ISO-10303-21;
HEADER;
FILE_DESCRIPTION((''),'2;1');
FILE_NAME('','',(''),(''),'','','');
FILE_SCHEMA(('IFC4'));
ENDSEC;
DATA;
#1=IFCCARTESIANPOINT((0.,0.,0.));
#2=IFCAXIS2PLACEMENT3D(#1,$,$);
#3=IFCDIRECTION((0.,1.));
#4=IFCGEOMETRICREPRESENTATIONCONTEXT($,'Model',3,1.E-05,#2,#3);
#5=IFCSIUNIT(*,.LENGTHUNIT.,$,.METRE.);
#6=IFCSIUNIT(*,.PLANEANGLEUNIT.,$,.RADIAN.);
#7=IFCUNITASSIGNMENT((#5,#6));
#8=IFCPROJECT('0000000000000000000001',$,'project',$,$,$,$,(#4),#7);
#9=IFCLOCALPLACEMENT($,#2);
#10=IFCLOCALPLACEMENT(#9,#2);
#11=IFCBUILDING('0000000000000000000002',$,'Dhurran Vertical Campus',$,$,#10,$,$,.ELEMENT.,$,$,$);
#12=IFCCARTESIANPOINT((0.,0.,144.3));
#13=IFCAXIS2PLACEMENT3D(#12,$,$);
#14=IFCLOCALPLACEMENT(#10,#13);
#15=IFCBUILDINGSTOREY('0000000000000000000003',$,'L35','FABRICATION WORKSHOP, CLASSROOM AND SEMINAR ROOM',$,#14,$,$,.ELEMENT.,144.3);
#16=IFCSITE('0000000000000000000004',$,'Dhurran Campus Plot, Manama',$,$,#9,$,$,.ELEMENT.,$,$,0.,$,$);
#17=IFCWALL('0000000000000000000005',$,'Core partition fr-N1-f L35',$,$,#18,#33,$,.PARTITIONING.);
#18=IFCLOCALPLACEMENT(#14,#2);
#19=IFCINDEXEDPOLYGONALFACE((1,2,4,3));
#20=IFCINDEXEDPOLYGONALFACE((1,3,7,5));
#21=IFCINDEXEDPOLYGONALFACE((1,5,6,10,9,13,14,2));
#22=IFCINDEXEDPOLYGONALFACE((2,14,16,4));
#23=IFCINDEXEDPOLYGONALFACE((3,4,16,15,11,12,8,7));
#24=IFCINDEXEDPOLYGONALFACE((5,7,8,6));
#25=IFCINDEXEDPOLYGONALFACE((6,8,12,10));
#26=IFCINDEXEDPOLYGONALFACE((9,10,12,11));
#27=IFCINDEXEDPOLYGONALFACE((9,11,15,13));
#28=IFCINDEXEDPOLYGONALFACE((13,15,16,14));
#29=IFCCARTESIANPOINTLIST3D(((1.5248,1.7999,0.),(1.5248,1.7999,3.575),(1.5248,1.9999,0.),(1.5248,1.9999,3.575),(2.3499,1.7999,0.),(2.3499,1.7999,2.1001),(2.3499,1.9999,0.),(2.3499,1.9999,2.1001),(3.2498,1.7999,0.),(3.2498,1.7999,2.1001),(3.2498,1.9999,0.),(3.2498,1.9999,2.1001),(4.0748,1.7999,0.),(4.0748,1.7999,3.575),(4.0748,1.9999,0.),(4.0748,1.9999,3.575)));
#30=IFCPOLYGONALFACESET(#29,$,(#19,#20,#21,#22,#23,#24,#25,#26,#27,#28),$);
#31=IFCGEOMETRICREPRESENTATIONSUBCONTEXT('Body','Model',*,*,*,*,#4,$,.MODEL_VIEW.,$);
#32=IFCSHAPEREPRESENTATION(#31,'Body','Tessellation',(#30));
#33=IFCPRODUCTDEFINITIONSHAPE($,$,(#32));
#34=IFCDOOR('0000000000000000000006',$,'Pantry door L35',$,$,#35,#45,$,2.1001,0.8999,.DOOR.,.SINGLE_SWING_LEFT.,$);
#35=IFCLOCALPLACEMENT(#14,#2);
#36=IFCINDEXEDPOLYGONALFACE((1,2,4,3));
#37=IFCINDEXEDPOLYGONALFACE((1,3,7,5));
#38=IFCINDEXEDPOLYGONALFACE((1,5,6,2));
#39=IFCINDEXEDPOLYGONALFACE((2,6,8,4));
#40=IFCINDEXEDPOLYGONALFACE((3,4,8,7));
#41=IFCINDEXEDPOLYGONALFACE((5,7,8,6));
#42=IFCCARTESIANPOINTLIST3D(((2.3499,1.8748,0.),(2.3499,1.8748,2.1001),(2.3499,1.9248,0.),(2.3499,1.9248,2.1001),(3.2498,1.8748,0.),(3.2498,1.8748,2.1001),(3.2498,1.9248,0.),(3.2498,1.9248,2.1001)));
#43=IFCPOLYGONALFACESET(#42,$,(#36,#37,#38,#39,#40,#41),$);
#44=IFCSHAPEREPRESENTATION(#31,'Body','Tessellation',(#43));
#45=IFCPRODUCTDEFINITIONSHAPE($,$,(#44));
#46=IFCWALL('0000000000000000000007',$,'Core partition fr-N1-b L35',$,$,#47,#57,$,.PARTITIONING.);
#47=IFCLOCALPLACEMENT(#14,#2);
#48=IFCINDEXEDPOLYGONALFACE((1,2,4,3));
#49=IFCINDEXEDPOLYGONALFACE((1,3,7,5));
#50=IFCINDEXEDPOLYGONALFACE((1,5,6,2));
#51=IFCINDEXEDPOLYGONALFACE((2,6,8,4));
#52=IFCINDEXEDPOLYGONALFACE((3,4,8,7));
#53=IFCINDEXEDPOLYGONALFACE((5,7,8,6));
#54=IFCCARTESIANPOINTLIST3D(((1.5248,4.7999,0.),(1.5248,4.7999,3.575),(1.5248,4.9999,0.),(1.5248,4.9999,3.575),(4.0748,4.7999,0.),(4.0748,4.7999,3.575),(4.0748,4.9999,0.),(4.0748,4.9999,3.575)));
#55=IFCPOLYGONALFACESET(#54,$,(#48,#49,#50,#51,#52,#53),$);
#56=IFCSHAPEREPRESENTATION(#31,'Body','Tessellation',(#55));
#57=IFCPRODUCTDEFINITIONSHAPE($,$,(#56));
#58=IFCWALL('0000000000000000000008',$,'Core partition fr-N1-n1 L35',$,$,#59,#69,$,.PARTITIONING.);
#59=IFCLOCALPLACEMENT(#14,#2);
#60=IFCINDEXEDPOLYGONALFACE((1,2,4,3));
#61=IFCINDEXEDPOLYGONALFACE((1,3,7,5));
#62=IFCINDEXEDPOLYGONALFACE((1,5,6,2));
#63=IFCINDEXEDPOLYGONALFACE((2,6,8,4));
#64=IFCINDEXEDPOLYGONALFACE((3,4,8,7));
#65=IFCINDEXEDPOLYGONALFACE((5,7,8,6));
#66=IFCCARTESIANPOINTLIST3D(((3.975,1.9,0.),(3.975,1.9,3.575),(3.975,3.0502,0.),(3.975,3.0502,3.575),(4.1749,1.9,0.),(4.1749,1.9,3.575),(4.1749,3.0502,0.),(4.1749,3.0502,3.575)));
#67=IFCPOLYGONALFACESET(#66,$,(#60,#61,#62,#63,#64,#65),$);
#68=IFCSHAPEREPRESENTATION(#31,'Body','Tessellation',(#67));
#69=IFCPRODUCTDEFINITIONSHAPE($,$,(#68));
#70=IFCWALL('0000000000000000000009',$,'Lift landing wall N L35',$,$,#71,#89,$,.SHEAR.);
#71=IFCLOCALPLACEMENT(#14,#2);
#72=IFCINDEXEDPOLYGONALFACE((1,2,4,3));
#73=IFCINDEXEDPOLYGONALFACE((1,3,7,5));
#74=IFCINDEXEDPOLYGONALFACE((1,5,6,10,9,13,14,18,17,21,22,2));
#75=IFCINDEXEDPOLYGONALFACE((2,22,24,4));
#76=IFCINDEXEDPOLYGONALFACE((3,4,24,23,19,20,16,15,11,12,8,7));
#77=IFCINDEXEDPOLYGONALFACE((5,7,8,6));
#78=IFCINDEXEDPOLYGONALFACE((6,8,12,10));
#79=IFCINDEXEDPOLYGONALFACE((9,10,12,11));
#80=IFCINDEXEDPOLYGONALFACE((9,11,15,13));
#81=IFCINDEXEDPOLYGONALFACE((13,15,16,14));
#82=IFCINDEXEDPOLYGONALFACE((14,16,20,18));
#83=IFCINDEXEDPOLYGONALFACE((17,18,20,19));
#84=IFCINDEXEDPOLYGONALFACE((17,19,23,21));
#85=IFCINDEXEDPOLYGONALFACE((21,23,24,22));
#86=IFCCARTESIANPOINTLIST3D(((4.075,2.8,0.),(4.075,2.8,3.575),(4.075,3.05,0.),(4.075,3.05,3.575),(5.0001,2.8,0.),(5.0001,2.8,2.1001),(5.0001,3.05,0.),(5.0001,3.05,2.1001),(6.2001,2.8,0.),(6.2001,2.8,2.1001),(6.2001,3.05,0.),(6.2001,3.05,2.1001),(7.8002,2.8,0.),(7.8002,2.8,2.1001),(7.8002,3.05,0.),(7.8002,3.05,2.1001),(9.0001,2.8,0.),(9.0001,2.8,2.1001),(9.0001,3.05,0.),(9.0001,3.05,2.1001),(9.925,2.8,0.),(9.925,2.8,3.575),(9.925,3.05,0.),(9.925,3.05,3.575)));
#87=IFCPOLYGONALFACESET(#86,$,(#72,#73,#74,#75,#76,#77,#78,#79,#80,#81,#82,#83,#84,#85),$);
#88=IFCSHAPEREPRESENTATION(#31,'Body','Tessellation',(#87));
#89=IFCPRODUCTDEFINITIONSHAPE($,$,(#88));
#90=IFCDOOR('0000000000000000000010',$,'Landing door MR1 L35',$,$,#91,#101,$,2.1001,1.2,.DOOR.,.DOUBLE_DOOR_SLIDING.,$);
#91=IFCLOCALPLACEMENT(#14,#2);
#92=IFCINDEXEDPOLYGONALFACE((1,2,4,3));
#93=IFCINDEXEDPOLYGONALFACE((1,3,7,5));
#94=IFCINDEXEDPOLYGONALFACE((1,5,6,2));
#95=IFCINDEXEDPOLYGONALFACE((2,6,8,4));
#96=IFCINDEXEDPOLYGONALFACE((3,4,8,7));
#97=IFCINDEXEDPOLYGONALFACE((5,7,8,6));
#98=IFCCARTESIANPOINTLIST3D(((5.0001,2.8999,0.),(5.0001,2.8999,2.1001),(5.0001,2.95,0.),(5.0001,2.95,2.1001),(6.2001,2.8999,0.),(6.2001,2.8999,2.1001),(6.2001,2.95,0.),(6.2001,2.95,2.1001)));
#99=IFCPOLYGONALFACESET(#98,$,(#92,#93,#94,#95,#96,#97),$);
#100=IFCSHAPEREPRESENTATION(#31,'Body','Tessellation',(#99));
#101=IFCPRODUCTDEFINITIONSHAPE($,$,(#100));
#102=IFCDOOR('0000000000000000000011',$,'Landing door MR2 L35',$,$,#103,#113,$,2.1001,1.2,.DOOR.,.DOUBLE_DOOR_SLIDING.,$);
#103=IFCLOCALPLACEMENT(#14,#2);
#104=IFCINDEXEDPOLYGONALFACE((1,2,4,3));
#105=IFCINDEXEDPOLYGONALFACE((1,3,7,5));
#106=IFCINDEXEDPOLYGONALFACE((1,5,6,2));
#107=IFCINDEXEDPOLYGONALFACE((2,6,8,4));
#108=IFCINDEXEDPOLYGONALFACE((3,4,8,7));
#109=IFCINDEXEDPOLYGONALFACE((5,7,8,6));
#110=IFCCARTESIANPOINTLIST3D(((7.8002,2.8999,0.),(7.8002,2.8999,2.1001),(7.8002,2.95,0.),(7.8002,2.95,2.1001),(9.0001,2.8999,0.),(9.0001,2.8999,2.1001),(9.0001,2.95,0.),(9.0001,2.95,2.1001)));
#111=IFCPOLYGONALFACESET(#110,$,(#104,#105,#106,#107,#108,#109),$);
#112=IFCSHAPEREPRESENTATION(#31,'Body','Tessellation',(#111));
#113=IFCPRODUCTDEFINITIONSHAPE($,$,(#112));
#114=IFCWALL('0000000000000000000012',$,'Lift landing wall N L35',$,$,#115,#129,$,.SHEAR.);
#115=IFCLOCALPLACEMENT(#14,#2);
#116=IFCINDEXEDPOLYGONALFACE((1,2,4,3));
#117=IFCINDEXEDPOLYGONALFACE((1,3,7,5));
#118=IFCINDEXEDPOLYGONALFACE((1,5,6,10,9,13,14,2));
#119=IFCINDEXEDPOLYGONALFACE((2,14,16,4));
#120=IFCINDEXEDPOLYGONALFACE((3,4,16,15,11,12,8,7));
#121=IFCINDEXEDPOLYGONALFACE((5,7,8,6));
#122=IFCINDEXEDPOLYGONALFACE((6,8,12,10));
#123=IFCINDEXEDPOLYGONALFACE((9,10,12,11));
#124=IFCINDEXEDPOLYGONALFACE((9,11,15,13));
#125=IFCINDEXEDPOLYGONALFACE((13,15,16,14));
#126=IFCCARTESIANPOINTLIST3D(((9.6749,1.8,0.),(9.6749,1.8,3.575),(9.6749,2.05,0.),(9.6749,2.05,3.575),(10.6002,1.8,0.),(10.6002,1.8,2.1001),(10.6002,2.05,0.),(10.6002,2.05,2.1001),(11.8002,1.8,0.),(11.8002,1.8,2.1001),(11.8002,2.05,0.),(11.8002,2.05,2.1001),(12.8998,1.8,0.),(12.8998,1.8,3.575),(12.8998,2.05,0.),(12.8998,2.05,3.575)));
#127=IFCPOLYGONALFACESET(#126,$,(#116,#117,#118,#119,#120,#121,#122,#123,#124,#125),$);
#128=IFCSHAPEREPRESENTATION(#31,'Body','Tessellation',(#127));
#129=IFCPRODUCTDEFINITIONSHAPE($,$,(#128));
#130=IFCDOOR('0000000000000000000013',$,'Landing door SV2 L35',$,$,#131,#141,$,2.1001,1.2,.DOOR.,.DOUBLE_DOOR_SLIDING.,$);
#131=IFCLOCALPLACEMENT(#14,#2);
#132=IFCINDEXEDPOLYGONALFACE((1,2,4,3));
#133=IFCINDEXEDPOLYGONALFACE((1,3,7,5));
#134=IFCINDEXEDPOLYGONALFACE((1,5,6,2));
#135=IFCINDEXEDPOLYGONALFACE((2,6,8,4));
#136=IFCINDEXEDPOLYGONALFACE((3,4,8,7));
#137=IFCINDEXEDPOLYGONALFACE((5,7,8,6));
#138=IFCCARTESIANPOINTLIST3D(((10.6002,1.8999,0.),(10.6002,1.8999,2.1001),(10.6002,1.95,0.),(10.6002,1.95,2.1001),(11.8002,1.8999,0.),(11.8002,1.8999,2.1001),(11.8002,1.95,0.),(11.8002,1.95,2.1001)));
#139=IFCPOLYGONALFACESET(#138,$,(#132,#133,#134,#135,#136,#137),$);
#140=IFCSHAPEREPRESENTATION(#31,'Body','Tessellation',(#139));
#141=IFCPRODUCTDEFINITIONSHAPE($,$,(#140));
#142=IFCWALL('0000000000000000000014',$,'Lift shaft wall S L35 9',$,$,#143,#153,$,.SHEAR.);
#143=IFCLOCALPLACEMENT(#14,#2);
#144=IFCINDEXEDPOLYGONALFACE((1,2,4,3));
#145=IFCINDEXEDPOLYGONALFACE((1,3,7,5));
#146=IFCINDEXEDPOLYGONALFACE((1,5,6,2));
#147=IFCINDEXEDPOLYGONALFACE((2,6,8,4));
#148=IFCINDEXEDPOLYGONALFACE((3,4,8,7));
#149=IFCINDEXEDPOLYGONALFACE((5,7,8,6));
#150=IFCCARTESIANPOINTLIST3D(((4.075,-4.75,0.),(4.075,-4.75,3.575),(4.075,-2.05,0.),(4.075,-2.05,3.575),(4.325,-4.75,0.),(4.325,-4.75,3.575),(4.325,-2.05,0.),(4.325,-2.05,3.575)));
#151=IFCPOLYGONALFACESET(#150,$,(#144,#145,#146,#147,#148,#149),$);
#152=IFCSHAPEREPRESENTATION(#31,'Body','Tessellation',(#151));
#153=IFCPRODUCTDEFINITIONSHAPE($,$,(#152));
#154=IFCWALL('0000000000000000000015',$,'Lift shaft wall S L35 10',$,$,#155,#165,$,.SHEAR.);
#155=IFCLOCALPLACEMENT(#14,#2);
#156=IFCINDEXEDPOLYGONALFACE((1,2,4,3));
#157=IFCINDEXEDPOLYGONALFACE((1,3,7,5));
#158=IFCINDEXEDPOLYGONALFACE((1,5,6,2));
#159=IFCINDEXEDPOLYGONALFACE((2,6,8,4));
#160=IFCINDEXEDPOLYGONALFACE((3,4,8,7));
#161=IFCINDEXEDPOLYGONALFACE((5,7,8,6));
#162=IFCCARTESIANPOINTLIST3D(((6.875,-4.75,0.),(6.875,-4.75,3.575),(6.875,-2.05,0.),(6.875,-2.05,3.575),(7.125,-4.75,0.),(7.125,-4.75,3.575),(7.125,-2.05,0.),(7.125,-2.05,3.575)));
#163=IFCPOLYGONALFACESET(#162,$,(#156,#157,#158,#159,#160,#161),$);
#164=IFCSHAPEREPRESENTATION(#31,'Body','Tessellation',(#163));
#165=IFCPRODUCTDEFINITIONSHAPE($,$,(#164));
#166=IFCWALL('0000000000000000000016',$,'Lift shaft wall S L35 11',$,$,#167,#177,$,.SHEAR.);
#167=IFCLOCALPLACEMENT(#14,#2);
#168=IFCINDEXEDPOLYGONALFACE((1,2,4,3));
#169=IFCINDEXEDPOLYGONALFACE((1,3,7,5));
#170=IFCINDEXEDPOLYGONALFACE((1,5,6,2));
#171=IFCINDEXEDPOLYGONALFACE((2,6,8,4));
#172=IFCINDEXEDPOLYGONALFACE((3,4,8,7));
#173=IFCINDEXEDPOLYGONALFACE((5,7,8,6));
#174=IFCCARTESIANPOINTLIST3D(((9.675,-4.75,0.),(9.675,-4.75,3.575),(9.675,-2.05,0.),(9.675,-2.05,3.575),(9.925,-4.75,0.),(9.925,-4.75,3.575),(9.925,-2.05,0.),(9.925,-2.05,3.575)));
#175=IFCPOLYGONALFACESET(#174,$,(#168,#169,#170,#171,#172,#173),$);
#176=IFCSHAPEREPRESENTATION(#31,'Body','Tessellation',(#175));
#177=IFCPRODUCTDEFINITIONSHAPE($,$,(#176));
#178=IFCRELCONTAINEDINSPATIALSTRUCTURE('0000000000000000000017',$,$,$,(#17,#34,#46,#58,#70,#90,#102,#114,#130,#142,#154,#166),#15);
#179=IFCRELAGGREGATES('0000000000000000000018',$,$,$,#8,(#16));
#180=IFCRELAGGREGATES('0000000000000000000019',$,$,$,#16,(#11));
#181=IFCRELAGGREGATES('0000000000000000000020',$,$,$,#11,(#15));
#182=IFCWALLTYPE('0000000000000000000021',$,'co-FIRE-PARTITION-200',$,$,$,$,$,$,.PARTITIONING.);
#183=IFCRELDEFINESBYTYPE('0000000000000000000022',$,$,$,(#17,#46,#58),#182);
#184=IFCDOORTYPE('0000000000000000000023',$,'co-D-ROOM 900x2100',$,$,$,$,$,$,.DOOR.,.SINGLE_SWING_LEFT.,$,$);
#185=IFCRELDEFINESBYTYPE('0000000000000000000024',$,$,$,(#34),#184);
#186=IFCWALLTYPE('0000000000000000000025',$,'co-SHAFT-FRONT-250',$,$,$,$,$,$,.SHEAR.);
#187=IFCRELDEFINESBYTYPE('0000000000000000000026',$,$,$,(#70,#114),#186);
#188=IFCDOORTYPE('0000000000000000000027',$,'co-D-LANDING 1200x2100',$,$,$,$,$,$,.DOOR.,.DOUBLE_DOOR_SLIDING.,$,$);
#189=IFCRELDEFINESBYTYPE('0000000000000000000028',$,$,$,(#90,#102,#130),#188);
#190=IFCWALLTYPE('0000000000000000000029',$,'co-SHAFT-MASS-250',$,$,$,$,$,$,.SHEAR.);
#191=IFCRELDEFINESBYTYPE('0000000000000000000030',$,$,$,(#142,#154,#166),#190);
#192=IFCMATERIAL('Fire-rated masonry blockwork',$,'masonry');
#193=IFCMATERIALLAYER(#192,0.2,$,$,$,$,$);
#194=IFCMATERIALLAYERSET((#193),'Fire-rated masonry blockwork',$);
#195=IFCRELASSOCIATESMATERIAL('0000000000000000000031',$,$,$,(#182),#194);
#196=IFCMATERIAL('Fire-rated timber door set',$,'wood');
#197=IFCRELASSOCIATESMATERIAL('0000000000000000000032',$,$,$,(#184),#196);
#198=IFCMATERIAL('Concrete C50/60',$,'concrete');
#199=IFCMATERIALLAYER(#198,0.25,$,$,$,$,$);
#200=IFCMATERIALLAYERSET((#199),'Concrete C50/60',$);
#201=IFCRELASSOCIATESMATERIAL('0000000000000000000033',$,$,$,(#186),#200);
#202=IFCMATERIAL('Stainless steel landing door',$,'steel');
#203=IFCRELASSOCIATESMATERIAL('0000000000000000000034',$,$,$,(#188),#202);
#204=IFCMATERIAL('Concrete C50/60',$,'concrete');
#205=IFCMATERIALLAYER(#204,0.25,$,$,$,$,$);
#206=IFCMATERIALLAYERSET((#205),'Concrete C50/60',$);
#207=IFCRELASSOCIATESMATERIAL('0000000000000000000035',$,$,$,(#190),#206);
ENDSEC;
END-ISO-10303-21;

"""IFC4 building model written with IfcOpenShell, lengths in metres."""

from ifc_helpers import new_model, si_unit, direction, frame, frame_2d, origin, place, context, subcontext, project, spatial, polyline, rectangle, outline, extrude, material, layer, layer_set, type_object, element, fill, save


model = new_model("IFC4")

# Units and contexts
model_context = context("Model", 3, precision=1e-05, world=origin(), true_north=direction((0.0, 1.0)))
body_context = subcontext(model_context, "Body", "Model", "MODEL_VIEW")
ifc_project = project(units=[si_unit("LENGTHUNIT", "METRE"), si_unit("PLANEANGLEUNIT", "RADIAN")], contexts=[model_context])

# Site, building, storey
site_placement = place(None, origin())
site = spatial("IfcSite", under=ifc_project, at=site_placement, Name="Dhurran Campus Plot, Manama", CompositionType="ELEMENT", RefElevation=0.0)
building_placement = place(site_placement, origin())
building = spatial("IfcBuilding", under=site, at=building_placement, Name="Dhurran Vertical Campus", CompositionType="ELEMENT")
storey_placement = place(building_placement, frame((0.0, 0.0, 144.3)))
storey = spatial("IfcBuildingStorey", under=building, at=storey_placement, Name="L35", Description="FABRICATION WORKSHOP, CLASSROOM AND SEMINAR ROOM", CompositionType="ELEMENT", Elevation=144.3)

# Shared definitions
ifc_material_1 = material(Name="Fire-rated masonry blockwork", Category="masonry")
ifc_layer_1 = layer(ifc_material_1, 0.2)
ifc_layer_set_1 = layer_set([ifc_layer_1], Name="Fire-rated masonry blockwork")
wall_type_1 = type_object("IfcWallType", Name="co-FIRE-PARTITION-200", PredefinedType="PARTITIONING", material=ifc_layer_set_1)

# Shared definitions
ifc_material_2 = material(Name="Fire-rated timber door set", Category="wood")
door_type_1 = type_object("IfcDoorType", Name="co-D-ROOM 900x2100", OperationType="SINGLE_SWING_LEFT", PredefinedType="DOOR", material=ifc_material_2)

# Wall, opening, door
wall_1_placement = place(storey_placement, frame((1.5249, 1.8999, 0.0), z_axis=(0.0, 0.0, 1.0), x_axis=(1.0, 0.0, 0.0)))
wall_1 = element("IfcWall", 1, at=wall_1_placement, inside=storey, type_object=wall_type_1, Name="Core partition fr-N1-f L35", PredefinedType="PARTITIONING", context=body_context, shape_type="SweptSolid", body=[
    extrude(rectangle(XDim=2.55, YDim=0.2, at=frame_2d((1.2749, 0.0))), origin(), (0.0, 0.0, 1.0), 3.575),
])
opening_1_placement = place(wall_1_placement, frame((0.825, 0.0, 0.0)))
opening_1 = element("IfcOpeningElement", 2, at=opening_1_placement, cuts=wall_1, PredefinedType="OPENING", context=body_context, shape_type="SweptSolid", body=[
    extrude(rectangle(XDim=0.8999, YDim=2.1001, at=frame_2d((0.45, 1.05))), frame((0.0, 0.1099, 0.0), z_axis=(0.0, -1.0, 0.0), x_axis=(1.0, 0.0, 0.0)), (0.0, 0.0, 1.0), 0.22),
])
door_1_placement = place(opening_1_placement, origin())
door_1 = element("IfcDoor", 3, at=door_1_placement, inside=storey, type_object=door_type_1, Name="Pantry door L35", OperationType="SINGLE_SWING_LEFT", OverallHeight=2.1001, OverallWidth=0.8999, PredefinedType="DOOR", context=body_context, shape_type="SweptSolid", body=[
    extrude(rectangle(XDim=0.8999, YDim=2.1001, at=frame_2d((0.45, 1.05))), frame((0.0, 0.0249, 0.0), z_axis=(0.0, -1.0, 0.0), x_axis=(1.0, 0.0, 0.0)), (0.0, 0.0, 1.0), 0.05),
])
fill(opening_1, door_1)

# Walls
wall_2_placement = place(storey_placement, frame((1.5249, 4.8999, 0.0), z_axis=(0.0, 0.0, 1.0), x_axis=(1.0, 0.0, 0.0)))
element("IfcWall", 4, at=wall_2_placement, inside=storey, type_object=wall_type_1, Name="Core partition fr-N1-b L35", PredefinedType="PARTITIONING", context=body_context, shape_type="SweptSolid", body=[
    extrude(rectangle(XDim=2.55, YDim=0.2, at=frame_2d((1.2749, 0.0))), origin(), (0.0, 0.0, 1.0), 3.575),
])
wall_3_placement = place(storey_placement, frame((4.075, 1.8999, 0.0), z_axis=(0.0, 0.0, 1.0), x_axis=(0.0, 1.0, 0.0)))
element("IfcWall", 5, at=wall_3_placement, inside=storey, type_object=wall_type_1, Name="Core partition fr-N1-n1 L35", PredefinedType="PARTITIONING", context=body_context, shape_type="SweptSolid", body=[
    extrude(rectangle(XDim=1.1501, YDim=0.2, at=frame_2d((0.5752, 0.0))), origin(), (0.0, 0.0, 1.0), 3.575),
])

# Wall, openings, doors
ifc_material_3 = material(Name="Concrete C50/60", Category="concrete")
ifc_layer_2 = layer(ifc_material_3, 0.25)
ifc_layer_set_2 = layer_set([ifc_layer_2], Name="Concrete C50/60")
wall_type_2 = type_object("IfcWallType", Name="co-SHAFT-FRONT-250", PredefinedType="SHEAR", material=ifc_layer_set_2)
wall_4_placement = place(storey_placement, frame((4.075, 2.925, 0.0), z_axis=(0.0, 0.0, 1.0), x_axis=(1.0, 0.0, 0.0)))
wall_4 = element("IfcWall", 6, at=wall_4_placement, inside=storey, type_object=wall_type_2, Name="Lift landing wall N L35", PredefinedType="SHEAR", context=body_context, shape_type="SweptSolid", body=[
    extrude(rectangle(XDim=5.8501, YDim=0.25, at=frame_2d((2.925, 0.0))), origin(), (0.0, 0.0, 1.0), 3.575),
])
opening_2_placement = place(wall_4_placement, frame((0.925, 0.0, 0.0)))
opening_2 = element("IfcOpeningElement", 7, at=opening_2_placement, cuts=wall_4, PredefinedType="OPENING", context=body_context, shape_type="SweptSolid", body=[
    extrude(rectangle(XDim=1.2, YDim=2.1001, at=frame_2d((0.6001, 1.05))), frame((0.0, 0.135, 0.0), z_axis=(0.0, -1.0, 0.0), x_axis=(1.0, 0.0, 0.0)), (0.0, 0.0, 1.0), 0.27),
])
opening_3_placement = place(wall_4_placement, frame((3.7251, 0.0, 0.0)))
opening_3 = element("IfcOpeningElement", 8, at=opening_3_placement, cuts=wall_4, PredefinedType="OPENING", context=body_context, shape_type="SweptSolid", body=[
    extrude(rectangle(XDim=1.2, YDim=2.1001, at=frame_2d((0.6001, 1.05))), frame((0.0, 0.135, 0.0), z_axis=(0.0, -1.0, 0.0), x_axis=(1.0, 0.0, 0.0)), (0.0, 0.0, 1.0), 0.27),
])
ifc_material_4 = material(Name="Stainless steel landing door", Category="steel")
door_type_2 = type_object("IfcDoorType", Name="co-D-LANDING 1200x2100", OperationType="DOUBLE_DOOR_SLIDING", PredefinedType="DOOR", material=ifc_material_4)
door_2_placement = place(opening_2_placement, origin())
door_2 = element("IfcDoor", 9, at=door_2_placement, inside=storey, type_object=door_type_2, Name="Landing door MR1 L35", OperationType="DOUBLE_DOOR_SLIDING", OverallHeight=2.1001, OverallWidth=1.2, PredefinedType="DOOR", context=body_context, shape_type="SweptSolid", body=[
    extrude(rectangle(XDim=1.2, YDim=2.1001, at=frame_2d((0.6001, 1.05))), frame((0.0, 0.0249, 0.0), z_axis=(0.0, -1.0, 0.0), x_axis=(1.0, 0.0, 0.0)), (0.0, 0.0, 1.0), 0.05),
])
fill(opening_2, door_2)
door_3_placement = place(opening_3_placement, origin())
door_3 = element("IfcDoor", 10, at=door_3_placement, inside=storey, type_object=door_type_2, Name="Landing door MR2 L35", OperationType="DOUBLE_DOOR_SLIDING", OverallHeight=2.1001, OverallWidth=1.2, PredefinedType="DOOR", context=body_context, shape_type="SweptSolid", body=[
    extrude(rectangle(XDim=1.2, YDim=2.1001, at=frame_2d((0.6001, 1.05))), frame((0.0, 0.0249, 0.0), z_axis=(0.0, -1.0, 0.0), x_axis=(1.0, 0.0, 0.0)), (0.0, 0.0, 1.0), 0.05),
])
fill(opening_3, door_3)

# Wall, opening, door
wall_5_placement = place(storey_placement, frame((9.675, 1.925, 0.0), z_axis=(0.0, 0.0, 1.0), x_axis=(1.0, 0.0, 0.0)))
wall_5 = element("IfcWall", 11, at=wall_5_placement, inside=storey, type_object=wall_type_2, Name="Lift landing wall N L35", PredefinedType="SHEAR", context=body_context, shape_type="SweptSolid", body=[
    extrude(rectangle(XDim=3.2249, YDim=0.25, at=frame_2d((1.6123, 0.0))), origin(), (0.0, 0.0, 1.0), 3.575),
])
opening_4_placement = place(wall_5_placement, frame((0.925, 0.0, 0.0)))
opening_4 = element("IfcOpeningElement", 12, at=opening_4_placement, cuts=wall_5, PredefinedType="OPENING", context=body_context, shape_type="SweptSolid", body=[
    extrude(rectangle(XDim=1.2, YDim=2.1001, at=frame_2d((0.6001, 1.05))), frame((0.0, 0.135, 0.0), z_axis=(0.0, -1.0, 0.0), x_axis=(1.0, 0.0, 0.0)), (0.0, 0.0, 1.0), 0.27),
])
door_4_placement = place(opening_4_placement, origin())
door_4 = element("IfcDoor", 13, at=door_4_placement, inside=storey, type_object=door_type_2, Name="Landing door SV2 L35", OperationType="DOUBLE_DOOR_SLIDING", OverallHeight=2.1001, OverallWidth=1.2, PredefinedType="DOOR", context=body_context, shape_type="SweptSolid", body=[
    extrude(rectangle(XDim=1.2, YDim=2.1001, at=frame_2d((0.6001, 1.05))), frame((0.0, 0.0249, 0.0), z_axis=(0.0, -1.0, 0.0), x_axis=(1.0, 0.0, 0.0)), (0.0, 0.0, 1.0), 0.05),
])
fill(opening_4, door_4)

# Walls
ifc_material_5 = material(Name="Concrete C50/60", Category="concrete")
ifc_layer_3 = layer(ifc_material_5, 0.25)
ifc_layer_set_3 = layer_set([ifc_layer_3], Name="Concrete C50/60")
wall_type_3 = type_object("IfcWallType", Name="co-SHAFT-MASS-250", PredefinedType="SHEAR", material=ifc_layer_set_3)
wall_6_placement = place(storey_placement, origin())
element("IfcWall", 14, at=wall_6_placement, inside=storey, type_object=wall_type_3, Name="Lift shaft wall S L35 9", PredefinedType="SHEAR", context=body_context, shape_type="SweptSolid", body=[
    extrude(outline(polyline([(4.075, -4.75), (4.325, -4.75), (4.325, -2.05), (4.075, -2.05), (4.075, -4.75)])), origin(), (0.0, 0.0, 1.0), 3.575),
])
wall_7_placement = place(storey_placement, origin())
element("IfcWall", 15, at=wall_7_placement, inside=storey, type_object=wall_type_3, Name="Lift shaft wall S L35 10", PredefinedType="SHEAR", context=body_context, shape_type="SweptSolid", body=[
    extrude(outline(polyline([(6.875, -4.75), (7.125, -4.75), (7.125, -2.05), (6.875, -2.05), (6.875, -4.75)])), origin(), (0.0, 0.0, 1.0), 3.575),
])
wall_8_placement = place(storey_placement, origin())
element("IfcWall", 16, at=wall_8_placement, inside=storey, type_object=wall_type_3, Name="Lift shaft wall S L35 11", PredefinedType="SHEAR", context=body_context, shape_type="SweptSolid", body=[
    extrude(outline(polyline([(9.675, -4.75), (9.925, -4.75), (9.925, -2.05), (9.675, -2.05), (9.675, -4.75)])), origin(), (0.0, 0.0, 1.0), 3.575),
])

save(model, "model.ifc")
